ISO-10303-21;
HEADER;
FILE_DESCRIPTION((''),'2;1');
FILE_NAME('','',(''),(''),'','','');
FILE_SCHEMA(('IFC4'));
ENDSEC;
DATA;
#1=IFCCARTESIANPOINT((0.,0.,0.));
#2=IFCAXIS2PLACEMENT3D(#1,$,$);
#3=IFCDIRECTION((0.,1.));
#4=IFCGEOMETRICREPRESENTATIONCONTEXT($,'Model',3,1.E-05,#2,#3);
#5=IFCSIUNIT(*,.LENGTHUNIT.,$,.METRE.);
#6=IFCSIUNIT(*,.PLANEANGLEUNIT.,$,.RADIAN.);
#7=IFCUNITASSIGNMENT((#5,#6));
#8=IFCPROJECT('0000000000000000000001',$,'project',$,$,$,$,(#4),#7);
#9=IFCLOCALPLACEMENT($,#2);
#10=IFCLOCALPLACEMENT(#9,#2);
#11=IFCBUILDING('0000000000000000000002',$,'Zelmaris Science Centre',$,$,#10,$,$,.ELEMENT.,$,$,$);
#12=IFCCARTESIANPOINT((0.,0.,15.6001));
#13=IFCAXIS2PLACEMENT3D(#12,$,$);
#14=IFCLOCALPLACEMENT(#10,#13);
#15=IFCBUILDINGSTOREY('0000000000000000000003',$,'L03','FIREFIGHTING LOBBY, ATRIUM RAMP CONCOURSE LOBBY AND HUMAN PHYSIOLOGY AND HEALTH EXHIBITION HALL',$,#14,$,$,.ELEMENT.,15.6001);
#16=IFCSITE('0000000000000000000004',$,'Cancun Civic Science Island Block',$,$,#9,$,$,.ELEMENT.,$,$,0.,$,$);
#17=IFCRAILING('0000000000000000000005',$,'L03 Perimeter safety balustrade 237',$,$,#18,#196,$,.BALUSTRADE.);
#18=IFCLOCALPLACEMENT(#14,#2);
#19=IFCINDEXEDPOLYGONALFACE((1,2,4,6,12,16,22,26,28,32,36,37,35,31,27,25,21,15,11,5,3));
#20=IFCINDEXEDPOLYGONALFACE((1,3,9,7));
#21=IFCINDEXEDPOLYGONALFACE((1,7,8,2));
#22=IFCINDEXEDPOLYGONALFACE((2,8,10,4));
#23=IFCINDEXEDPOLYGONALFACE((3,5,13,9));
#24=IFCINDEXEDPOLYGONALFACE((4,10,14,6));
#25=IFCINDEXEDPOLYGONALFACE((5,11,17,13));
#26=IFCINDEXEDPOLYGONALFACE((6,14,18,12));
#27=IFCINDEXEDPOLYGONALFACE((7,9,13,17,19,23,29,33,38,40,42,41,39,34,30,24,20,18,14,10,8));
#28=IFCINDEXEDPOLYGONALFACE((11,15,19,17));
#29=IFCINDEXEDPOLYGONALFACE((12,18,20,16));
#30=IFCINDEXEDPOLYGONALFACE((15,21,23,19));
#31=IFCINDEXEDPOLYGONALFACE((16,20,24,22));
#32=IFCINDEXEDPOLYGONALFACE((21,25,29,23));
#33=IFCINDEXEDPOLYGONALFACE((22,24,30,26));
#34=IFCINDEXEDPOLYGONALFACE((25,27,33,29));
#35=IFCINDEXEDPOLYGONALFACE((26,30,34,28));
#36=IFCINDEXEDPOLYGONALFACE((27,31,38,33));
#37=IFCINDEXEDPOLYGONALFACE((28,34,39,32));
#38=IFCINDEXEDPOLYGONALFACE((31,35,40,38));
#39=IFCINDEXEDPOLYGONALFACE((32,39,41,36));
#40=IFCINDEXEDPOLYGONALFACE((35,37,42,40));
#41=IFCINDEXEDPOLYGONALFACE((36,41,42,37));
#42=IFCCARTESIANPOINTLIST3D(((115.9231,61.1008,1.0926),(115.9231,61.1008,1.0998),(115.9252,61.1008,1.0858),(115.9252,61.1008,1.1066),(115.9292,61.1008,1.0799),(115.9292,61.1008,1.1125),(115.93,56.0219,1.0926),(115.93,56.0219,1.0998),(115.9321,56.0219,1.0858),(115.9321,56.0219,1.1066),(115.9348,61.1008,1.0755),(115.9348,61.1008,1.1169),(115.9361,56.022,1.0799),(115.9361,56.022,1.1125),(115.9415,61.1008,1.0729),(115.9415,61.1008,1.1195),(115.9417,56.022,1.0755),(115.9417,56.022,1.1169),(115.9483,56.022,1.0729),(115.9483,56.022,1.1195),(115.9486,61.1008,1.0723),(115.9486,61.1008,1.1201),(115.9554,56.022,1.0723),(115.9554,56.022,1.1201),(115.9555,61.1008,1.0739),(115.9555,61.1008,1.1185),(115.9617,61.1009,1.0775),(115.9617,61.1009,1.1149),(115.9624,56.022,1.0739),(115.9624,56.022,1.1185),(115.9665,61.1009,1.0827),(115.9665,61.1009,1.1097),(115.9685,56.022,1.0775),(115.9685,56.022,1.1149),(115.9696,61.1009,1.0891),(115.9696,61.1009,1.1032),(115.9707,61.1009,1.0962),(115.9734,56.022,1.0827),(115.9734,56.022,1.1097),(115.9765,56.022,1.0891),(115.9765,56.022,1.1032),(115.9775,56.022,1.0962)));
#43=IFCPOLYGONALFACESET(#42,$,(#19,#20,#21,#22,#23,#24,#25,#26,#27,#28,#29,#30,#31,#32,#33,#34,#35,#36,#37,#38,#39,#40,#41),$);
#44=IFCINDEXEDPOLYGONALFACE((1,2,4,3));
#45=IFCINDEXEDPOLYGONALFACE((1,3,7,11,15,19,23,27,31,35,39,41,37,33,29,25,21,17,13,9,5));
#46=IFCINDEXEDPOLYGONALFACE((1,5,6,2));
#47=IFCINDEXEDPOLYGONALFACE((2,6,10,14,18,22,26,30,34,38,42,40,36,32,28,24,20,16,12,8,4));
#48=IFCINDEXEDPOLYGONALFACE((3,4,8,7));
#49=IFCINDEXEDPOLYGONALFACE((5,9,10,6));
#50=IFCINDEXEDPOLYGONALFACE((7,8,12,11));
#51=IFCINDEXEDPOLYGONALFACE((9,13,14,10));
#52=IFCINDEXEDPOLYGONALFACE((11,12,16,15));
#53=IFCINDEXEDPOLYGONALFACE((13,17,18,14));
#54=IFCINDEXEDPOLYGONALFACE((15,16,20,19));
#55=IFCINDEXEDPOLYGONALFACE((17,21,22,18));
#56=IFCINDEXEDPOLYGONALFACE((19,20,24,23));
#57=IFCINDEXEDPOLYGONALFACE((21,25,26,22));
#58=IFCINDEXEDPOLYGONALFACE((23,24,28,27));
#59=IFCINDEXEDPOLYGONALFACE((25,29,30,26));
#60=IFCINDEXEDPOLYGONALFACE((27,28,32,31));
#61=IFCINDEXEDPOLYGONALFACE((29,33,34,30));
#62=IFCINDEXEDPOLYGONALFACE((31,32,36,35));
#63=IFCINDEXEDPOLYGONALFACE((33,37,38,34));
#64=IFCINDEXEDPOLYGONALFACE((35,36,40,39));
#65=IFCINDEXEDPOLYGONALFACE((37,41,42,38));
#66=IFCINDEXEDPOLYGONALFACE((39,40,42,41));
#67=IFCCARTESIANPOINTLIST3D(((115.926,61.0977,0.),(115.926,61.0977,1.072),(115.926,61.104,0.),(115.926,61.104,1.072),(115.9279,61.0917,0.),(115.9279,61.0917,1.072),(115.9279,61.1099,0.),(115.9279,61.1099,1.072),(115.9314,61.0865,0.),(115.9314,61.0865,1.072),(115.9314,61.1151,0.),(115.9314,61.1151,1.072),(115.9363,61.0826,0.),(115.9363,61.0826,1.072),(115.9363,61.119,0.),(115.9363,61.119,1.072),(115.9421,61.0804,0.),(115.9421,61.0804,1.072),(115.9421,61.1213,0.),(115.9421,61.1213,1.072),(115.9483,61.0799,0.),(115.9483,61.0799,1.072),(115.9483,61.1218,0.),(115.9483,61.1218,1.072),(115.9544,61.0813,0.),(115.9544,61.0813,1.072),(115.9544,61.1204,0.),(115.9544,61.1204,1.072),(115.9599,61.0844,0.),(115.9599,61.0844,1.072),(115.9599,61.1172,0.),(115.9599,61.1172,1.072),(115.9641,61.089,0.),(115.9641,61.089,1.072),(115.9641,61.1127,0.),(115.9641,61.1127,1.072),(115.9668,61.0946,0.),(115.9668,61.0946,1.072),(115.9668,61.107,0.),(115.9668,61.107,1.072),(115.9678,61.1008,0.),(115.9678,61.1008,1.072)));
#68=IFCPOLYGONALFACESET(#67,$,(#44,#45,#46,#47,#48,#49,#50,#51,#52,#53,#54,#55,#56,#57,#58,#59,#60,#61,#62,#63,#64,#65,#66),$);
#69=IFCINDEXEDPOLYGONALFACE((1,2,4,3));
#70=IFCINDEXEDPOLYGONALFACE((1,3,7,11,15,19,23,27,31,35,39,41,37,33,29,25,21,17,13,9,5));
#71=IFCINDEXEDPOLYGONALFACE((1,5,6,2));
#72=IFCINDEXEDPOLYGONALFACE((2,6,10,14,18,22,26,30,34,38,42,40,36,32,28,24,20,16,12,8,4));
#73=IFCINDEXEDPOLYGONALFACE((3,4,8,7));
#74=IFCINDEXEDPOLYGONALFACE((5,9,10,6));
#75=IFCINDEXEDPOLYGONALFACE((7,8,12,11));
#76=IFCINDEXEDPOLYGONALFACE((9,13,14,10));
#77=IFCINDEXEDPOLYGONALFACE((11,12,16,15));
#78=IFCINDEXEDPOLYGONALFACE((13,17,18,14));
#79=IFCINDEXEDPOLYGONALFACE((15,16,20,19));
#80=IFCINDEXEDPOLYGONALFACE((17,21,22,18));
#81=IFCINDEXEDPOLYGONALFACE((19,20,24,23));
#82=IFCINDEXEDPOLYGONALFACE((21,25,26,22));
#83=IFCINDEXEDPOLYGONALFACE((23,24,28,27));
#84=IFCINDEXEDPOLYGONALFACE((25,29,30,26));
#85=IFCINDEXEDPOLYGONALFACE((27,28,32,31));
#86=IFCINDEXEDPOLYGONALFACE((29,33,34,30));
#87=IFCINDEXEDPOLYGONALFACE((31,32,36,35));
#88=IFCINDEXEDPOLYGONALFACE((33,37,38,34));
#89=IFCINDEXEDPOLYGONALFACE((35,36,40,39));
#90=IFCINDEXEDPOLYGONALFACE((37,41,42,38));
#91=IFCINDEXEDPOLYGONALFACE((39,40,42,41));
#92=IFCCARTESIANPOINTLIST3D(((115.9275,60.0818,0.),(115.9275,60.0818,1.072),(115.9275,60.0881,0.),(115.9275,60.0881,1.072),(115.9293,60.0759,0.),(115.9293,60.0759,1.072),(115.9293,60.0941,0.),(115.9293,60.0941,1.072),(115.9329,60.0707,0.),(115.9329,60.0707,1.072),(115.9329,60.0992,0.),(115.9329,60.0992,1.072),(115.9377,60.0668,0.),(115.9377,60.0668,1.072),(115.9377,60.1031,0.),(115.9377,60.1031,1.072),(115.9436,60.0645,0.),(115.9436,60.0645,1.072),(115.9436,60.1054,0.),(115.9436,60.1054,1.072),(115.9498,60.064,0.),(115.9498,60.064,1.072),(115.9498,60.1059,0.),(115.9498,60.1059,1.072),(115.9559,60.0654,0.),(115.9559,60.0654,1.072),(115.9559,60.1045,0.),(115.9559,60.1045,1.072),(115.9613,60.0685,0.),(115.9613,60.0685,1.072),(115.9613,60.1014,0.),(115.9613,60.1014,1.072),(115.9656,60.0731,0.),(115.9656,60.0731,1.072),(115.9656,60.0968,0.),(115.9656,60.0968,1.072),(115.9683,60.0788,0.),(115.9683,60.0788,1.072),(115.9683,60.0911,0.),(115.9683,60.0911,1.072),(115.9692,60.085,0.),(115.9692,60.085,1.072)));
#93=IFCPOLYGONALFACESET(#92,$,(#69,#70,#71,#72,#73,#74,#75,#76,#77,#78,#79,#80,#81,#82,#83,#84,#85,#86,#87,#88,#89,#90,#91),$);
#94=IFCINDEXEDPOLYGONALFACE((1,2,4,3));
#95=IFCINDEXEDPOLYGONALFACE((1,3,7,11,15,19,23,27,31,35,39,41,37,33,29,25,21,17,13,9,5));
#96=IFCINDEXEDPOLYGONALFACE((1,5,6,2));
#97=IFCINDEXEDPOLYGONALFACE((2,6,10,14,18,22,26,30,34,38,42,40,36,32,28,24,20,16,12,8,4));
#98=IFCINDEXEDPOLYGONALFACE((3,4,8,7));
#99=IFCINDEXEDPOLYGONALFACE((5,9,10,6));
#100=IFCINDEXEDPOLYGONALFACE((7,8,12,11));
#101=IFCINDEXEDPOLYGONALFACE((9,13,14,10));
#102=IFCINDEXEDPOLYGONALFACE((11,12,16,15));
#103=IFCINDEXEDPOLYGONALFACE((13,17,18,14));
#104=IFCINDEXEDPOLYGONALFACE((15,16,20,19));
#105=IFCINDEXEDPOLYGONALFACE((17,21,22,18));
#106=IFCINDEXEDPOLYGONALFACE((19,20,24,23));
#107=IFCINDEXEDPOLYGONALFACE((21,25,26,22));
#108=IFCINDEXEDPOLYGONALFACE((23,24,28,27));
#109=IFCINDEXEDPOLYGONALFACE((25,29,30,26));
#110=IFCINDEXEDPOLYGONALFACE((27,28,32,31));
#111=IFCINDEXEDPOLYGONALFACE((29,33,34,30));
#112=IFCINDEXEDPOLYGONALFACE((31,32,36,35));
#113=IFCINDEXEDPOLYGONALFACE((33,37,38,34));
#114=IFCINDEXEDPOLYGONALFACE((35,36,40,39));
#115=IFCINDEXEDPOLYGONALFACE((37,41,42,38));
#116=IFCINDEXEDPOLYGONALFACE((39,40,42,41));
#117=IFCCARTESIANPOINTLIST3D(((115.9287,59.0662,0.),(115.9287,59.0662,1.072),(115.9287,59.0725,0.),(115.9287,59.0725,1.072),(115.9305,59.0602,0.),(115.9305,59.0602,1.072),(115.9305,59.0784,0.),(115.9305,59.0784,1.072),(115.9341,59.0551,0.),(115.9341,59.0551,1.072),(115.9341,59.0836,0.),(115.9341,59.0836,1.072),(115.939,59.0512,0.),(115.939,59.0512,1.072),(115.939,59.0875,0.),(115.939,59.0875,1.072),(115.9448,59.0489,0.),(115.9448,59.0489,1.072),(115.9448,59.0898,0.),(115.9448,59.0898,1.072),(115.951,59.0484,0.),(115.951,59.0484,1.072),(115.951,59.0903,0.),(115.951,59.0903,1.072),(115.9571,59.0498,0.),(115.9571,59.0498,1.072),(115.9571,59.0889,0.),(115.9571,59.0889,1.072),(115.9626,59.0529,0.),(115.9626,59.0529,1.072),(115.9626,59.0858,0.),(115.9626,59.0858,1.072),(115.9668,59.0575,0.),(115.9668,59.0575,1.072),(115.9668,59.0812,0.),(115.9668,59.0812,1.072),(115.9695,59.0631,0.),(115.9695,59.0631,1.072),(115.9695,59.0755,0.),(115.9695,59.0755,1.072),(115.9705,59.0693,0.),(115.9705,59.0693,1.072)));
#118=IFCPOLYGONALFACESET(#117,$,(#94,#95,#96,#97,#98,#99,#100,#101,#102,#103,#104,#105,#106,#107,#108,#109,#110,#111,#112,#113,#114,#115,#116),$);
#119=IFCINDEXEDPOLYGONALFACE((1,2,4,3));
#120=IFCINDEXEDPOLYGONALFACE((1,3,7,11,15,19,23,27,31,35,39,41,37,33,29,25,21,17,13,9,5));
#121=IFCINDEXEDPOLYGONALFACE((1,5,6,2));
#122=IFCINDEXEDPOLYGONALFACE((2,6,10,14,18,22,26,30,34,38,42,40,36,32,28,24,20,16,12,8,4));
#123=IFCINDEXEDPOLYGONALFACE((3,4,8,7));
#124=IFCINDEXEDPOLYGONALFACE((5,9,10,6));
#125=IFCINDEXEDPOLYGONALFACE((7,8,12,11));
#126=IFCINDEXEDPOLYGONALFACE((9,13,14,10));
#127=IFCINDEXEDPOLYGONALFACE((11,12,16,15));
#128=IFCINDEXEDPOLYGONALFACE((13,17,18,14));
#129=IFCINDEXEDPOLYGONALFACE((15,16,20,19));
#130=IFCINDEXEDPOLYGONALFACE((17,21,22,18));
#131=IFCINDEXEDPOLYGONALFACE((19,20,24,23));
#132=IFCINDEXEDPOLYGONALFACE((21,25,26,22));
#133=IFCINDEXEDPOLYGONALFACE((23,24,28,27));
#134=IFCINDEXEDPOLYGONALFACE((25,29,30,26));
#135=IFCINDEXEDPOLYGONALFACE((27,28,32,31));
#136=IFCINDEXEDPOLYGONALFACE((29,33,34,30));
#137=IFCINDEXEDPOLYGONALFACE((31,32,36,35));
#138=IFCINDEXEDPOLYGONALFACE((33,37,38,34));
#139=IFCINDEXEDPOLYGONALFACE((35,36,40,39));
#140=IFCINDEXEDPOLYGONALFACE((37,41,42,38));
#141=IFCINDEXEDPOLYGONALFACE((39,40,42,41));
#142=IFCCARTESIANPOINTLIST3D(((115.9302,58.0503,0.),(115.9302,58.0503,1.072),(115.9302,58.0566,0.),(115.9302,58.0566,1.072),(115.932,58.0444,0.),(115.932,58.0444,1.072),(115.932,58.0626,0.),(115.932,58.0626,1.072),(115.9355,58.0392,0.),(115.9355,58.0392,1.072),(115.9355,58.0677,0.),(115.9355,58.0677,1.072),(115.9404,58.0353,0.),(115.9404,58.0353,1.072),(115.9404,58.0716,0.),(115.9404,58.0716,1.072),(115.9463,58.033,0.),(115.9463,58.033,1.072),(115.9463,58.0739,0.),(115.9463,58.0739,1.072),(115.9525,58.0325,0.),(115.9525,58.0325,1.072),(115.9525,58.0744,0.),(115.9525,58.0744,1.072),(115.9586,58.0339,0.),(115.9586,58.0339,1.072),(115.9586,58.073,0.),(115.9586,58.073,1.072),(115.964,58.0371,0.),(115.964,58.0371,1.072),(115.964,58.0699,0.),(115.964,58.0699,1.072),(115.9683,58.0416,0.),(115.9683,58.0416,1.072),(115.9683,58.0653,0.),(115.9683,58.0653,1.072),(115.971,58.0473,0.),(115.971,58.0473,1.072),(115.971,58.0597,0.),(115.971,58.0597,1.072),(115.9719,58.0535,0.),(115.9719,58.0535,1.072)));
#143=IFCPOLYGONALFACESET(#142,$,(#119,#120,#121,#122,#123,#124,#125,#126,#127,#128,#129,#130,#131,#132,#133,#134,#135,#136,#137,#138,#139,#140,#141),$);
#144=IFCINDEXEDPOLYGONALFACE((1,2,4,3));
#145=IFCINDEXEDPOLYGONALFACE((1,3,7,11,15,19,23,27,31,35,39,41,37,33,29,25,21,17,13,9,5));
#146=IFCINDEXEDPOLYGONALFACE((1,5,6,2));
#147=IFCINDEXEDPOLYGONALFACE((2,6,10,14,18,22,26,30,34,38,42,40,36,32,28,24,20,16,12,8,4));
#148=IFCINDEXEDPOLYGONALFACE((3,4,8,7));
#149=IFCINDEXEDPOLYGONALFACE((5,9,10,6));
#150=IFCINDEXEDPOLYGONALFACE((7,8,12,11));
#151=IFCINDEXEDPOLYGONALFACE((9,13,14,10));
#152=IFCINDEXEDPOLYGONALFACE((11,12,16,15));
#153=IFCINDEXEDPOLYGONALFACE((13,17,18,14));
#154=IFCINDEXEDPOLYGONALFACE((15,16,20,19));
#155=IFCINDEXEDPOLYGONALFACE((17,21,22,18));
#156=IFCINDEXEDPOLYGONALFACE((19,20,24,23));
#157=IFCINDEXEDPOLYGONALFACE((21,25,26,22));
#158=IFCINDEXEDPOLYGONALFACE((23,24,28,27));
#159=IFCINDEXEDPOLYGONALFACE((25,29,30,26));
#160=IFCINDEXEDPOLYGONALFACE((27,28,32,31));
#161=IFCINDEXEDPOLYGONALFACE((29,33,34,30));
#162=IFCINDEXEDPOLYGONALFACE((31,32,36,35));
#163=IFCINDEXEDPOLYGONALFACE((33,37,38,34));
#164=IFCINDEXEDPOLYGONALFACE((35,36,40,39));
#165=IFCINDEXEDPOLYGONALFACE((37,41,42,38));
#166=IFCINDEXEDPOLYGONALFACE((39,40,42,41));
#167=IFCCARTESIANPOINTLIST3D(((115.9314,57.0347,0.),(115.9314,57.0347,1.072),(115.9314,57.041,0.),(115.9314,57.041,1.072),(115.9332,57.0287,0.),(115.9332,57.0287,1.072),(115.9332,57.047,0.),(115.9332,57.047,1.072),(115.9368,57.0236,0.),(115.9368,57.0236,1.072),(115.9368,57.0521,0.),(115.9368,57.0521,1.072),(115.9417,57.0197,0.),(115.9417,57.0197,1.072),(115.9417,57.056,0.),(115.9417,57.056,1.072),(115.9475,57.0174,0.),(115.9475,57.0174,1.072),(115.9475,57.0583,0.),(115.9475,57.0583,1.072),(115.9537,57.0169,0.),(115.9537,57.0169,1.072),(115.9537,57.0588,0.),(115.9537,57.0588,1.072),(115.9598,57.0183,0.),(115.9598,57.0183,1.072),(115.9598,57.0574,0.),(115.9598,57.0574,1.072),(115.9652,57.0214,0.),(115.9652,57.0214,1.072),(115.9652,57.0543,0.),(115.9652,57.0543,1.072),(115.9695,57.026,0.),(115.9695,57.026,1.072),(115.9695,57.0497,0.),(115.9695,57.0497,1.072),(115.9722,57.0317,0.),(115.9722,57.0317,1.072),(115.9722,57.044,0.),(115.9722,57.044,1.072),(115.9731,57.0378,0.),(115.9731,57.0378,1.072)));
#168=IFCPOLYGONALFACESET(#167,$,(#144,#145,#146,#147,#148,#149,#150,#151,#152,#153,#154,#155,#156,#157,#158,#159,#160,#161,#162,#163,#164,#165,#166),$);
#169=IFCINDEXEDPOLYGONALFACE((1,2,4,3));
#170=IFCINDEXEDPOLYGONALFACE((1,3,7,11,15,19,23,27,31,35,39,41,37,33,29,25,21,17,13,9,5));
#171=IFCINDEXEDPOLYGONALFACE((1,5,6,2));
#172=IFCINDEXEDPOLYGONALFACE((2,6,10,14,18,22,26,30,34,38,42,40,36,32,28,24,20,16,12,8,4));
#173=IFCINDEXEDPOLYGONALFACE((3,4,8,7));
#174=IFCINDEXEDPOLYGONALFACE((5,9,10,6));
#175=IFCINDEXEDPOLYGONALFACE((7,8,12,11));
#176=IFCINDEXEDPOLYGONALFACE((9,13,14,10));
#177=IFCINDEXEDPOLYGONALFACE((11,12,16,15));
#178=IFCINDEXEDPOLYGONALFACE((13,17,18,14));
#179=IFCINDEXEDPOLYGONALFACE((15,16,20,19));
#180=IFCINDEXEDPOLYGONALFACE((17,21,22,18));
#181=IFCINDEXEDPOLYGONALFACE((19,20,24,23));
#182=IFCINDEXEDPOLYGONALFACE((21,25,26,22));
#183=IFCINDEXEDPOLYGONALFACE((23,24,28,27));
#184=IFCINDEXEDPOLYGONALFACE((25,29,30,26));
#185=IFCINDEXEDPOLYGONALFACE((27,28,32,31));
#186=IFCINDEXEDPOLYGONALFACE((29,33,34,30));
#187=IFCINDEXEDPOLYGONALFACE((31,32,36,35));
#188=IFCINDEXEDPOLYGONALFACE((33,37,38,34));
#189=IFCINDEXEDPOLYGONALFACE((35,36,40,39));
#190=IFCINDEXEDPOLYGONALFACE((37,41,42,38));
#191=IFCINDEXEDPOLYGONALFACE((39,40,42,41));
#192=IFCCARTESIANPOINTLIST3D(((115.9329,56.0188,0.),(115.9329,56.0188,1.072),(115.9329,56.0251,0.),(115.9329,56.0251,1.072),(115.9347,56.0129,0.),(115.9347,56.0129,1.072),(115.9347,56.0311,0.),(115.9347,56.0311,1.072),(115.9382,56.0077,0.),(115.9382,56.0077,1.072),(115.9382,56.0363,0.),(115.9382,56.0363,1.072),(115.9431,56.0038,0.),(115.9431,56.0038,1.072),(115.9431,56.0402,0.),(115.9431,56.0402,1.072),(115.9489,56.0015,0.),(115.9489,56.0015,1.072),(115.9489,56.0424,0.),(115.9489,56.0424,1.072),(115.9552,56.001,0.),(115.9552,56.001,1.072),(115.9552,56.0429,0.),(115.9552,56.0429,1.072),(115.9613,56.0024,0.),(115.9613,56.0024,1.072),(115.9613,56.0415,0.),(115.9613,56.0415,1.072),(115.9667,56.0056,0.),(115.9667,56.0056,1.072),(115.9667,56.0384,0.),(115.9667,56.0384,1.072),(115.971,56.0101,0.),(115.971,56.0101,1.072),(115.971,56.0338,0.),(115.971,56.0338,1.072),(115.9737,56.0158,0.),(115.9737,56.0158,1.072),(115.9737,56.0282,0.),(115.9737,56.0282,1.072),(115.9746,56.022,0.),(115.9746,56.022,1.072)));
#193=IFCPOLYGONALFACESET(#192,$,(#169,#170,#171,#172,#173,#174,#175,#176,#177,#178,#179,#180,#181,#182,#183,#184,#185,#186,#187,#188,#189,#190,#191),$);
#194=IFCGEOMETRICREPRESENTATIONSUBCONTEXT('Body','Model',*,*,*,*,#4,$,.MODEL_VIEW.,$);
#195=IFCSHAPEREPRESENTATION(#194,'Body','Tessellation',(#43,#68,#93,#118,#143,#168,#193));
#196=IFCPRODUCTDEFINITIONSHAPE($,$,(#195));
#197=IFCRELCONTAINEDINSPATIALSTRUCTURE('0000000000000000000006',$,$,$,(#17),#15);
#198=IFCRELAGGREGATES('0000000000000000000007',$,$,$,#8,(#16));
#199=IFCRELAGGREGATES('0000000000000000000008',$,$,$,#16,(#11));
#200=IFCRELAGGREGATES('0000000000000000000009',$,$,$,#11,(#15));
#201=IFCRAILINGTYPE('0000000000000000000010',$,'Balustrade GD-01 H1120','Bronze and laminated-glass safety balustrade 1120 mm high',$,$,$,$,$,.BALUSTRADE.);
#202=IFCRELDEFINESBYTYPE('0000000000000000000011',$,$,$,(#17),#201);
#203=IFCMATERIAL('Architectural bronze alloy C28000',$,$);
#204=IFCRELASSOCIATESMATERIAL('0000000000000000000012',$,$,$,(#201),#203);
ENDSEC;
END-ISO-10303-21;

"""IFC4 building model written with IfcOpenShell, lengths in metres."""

from ifc_helpers import new_model, si_unit, direction, frame, origin, origin_2d, place, context, subcontext, project, spatial, circle, extrude, material, type_object, element, save


model = new_model("IFC4")

# Units and contexts
model_context = context("Model", 3, precision=1e-05, world=origin(), true_north=direction((0.0, 1.0)))
body_context = subcontext(model_context, "Body", "Model", "MODEL_VIEW")
ifc_project = project(units=[si_unit("LENGTHUNIT", "METRE"), si_unit("PLANEANGLEUNIT", "RADIAN")], contexts=[model_context])

# Site, building, storey
site_placement = place(None, origin())
site = spatial("IfcSite", under=ifc_project, at=site_placement, Name="Cancun Civic Science Island Block", CompositionType="ELEMENT", RefElevation=0.0)
building_placement = place(site_placement, origin())
building = spatial("IfcBuilding", under=site, at=building_placement, Name="Zelmaris Science Centre", CompositionType="ELEMENT")
storey_placement = place(building_placement, frame((0.0, 0.0, 15.6001)))
storey = spatial("IfcBuildingStorey", under=building, at=storey_placement, Name="L03", Description="FIREFIGHTING LOBBY, ATRIUM RAMP CONCOURSE LOBBY AND HUMAN PHYSIOLOGY AND HEALTH EXHIBITION HALL", CompositionType="ELEMENT", Elevation=15.6001)

# Railing
ifc_material_1 = material(Name="Architectural bronze alloy C28000")
railing_type = type_object("IfcRailingType", Name="Balustrade GD-01 H1120", Description="Bronze and laminated-glass safety balustrade 1120 mm high", PredefinedType="BALUSTRADE", material=ifc_material_1)
railing_1_placement = place(storey_placement, frame((115.9468, 61.1008, 0.0)))
element("IfcRailing", 1, at=railing_1_placement, inside=storey, type_object=railing_type, Name="L03 Perimeter safety balustrade 237", PredefinedType="BALUSTRADE", context=body_context, shape_type="SweptSolid", body=[
    extrude(circle(Radius=0.0239, at=origin_2d()), frame((0.0, 0.0, 1.0962), z_axis=(0.001346, -0.999999, 0.0), x_axis=(0.999999, 0.001346, 0.0)), (0.0, 0.0, 1.0), 5.0789),
    extrude(circle(Radius=0.021, at=origin_2d()), origin(), (0.0, 0.0, 1.0), 1.072),
    extrude(circle(Radius=0.021, at=origin_2d()), frame((0.0015, -1.0159, 0.0)), (0.0, 0.0, 1.0), 1.072),
    extrude(circle(Radius=0.021, at=origin_2d()), frame((0.0027, -2.0315, 0.0)), (0.0, 0.0, 1.0), 1.072),
    extrude(circle(Radius=0.021, at=origin_2d()), frame((0.0042, -3.0474, 0.0)), (0.0, 0.0, 1.0), 1.072),
    extrude(circle(Radius=0.021, at=origin_2d()), frame((0.0054, -4.063, 0.0)), (0.0, 0.0, 1.0), 1.072),
    extrude(circle(Radius=0.021, at=origin_2d()), frame((0.0068, -5.0789, 0.0)), (0.0, 0.0, 1.0), 1.072),
])

save(model, "model.ifc")
